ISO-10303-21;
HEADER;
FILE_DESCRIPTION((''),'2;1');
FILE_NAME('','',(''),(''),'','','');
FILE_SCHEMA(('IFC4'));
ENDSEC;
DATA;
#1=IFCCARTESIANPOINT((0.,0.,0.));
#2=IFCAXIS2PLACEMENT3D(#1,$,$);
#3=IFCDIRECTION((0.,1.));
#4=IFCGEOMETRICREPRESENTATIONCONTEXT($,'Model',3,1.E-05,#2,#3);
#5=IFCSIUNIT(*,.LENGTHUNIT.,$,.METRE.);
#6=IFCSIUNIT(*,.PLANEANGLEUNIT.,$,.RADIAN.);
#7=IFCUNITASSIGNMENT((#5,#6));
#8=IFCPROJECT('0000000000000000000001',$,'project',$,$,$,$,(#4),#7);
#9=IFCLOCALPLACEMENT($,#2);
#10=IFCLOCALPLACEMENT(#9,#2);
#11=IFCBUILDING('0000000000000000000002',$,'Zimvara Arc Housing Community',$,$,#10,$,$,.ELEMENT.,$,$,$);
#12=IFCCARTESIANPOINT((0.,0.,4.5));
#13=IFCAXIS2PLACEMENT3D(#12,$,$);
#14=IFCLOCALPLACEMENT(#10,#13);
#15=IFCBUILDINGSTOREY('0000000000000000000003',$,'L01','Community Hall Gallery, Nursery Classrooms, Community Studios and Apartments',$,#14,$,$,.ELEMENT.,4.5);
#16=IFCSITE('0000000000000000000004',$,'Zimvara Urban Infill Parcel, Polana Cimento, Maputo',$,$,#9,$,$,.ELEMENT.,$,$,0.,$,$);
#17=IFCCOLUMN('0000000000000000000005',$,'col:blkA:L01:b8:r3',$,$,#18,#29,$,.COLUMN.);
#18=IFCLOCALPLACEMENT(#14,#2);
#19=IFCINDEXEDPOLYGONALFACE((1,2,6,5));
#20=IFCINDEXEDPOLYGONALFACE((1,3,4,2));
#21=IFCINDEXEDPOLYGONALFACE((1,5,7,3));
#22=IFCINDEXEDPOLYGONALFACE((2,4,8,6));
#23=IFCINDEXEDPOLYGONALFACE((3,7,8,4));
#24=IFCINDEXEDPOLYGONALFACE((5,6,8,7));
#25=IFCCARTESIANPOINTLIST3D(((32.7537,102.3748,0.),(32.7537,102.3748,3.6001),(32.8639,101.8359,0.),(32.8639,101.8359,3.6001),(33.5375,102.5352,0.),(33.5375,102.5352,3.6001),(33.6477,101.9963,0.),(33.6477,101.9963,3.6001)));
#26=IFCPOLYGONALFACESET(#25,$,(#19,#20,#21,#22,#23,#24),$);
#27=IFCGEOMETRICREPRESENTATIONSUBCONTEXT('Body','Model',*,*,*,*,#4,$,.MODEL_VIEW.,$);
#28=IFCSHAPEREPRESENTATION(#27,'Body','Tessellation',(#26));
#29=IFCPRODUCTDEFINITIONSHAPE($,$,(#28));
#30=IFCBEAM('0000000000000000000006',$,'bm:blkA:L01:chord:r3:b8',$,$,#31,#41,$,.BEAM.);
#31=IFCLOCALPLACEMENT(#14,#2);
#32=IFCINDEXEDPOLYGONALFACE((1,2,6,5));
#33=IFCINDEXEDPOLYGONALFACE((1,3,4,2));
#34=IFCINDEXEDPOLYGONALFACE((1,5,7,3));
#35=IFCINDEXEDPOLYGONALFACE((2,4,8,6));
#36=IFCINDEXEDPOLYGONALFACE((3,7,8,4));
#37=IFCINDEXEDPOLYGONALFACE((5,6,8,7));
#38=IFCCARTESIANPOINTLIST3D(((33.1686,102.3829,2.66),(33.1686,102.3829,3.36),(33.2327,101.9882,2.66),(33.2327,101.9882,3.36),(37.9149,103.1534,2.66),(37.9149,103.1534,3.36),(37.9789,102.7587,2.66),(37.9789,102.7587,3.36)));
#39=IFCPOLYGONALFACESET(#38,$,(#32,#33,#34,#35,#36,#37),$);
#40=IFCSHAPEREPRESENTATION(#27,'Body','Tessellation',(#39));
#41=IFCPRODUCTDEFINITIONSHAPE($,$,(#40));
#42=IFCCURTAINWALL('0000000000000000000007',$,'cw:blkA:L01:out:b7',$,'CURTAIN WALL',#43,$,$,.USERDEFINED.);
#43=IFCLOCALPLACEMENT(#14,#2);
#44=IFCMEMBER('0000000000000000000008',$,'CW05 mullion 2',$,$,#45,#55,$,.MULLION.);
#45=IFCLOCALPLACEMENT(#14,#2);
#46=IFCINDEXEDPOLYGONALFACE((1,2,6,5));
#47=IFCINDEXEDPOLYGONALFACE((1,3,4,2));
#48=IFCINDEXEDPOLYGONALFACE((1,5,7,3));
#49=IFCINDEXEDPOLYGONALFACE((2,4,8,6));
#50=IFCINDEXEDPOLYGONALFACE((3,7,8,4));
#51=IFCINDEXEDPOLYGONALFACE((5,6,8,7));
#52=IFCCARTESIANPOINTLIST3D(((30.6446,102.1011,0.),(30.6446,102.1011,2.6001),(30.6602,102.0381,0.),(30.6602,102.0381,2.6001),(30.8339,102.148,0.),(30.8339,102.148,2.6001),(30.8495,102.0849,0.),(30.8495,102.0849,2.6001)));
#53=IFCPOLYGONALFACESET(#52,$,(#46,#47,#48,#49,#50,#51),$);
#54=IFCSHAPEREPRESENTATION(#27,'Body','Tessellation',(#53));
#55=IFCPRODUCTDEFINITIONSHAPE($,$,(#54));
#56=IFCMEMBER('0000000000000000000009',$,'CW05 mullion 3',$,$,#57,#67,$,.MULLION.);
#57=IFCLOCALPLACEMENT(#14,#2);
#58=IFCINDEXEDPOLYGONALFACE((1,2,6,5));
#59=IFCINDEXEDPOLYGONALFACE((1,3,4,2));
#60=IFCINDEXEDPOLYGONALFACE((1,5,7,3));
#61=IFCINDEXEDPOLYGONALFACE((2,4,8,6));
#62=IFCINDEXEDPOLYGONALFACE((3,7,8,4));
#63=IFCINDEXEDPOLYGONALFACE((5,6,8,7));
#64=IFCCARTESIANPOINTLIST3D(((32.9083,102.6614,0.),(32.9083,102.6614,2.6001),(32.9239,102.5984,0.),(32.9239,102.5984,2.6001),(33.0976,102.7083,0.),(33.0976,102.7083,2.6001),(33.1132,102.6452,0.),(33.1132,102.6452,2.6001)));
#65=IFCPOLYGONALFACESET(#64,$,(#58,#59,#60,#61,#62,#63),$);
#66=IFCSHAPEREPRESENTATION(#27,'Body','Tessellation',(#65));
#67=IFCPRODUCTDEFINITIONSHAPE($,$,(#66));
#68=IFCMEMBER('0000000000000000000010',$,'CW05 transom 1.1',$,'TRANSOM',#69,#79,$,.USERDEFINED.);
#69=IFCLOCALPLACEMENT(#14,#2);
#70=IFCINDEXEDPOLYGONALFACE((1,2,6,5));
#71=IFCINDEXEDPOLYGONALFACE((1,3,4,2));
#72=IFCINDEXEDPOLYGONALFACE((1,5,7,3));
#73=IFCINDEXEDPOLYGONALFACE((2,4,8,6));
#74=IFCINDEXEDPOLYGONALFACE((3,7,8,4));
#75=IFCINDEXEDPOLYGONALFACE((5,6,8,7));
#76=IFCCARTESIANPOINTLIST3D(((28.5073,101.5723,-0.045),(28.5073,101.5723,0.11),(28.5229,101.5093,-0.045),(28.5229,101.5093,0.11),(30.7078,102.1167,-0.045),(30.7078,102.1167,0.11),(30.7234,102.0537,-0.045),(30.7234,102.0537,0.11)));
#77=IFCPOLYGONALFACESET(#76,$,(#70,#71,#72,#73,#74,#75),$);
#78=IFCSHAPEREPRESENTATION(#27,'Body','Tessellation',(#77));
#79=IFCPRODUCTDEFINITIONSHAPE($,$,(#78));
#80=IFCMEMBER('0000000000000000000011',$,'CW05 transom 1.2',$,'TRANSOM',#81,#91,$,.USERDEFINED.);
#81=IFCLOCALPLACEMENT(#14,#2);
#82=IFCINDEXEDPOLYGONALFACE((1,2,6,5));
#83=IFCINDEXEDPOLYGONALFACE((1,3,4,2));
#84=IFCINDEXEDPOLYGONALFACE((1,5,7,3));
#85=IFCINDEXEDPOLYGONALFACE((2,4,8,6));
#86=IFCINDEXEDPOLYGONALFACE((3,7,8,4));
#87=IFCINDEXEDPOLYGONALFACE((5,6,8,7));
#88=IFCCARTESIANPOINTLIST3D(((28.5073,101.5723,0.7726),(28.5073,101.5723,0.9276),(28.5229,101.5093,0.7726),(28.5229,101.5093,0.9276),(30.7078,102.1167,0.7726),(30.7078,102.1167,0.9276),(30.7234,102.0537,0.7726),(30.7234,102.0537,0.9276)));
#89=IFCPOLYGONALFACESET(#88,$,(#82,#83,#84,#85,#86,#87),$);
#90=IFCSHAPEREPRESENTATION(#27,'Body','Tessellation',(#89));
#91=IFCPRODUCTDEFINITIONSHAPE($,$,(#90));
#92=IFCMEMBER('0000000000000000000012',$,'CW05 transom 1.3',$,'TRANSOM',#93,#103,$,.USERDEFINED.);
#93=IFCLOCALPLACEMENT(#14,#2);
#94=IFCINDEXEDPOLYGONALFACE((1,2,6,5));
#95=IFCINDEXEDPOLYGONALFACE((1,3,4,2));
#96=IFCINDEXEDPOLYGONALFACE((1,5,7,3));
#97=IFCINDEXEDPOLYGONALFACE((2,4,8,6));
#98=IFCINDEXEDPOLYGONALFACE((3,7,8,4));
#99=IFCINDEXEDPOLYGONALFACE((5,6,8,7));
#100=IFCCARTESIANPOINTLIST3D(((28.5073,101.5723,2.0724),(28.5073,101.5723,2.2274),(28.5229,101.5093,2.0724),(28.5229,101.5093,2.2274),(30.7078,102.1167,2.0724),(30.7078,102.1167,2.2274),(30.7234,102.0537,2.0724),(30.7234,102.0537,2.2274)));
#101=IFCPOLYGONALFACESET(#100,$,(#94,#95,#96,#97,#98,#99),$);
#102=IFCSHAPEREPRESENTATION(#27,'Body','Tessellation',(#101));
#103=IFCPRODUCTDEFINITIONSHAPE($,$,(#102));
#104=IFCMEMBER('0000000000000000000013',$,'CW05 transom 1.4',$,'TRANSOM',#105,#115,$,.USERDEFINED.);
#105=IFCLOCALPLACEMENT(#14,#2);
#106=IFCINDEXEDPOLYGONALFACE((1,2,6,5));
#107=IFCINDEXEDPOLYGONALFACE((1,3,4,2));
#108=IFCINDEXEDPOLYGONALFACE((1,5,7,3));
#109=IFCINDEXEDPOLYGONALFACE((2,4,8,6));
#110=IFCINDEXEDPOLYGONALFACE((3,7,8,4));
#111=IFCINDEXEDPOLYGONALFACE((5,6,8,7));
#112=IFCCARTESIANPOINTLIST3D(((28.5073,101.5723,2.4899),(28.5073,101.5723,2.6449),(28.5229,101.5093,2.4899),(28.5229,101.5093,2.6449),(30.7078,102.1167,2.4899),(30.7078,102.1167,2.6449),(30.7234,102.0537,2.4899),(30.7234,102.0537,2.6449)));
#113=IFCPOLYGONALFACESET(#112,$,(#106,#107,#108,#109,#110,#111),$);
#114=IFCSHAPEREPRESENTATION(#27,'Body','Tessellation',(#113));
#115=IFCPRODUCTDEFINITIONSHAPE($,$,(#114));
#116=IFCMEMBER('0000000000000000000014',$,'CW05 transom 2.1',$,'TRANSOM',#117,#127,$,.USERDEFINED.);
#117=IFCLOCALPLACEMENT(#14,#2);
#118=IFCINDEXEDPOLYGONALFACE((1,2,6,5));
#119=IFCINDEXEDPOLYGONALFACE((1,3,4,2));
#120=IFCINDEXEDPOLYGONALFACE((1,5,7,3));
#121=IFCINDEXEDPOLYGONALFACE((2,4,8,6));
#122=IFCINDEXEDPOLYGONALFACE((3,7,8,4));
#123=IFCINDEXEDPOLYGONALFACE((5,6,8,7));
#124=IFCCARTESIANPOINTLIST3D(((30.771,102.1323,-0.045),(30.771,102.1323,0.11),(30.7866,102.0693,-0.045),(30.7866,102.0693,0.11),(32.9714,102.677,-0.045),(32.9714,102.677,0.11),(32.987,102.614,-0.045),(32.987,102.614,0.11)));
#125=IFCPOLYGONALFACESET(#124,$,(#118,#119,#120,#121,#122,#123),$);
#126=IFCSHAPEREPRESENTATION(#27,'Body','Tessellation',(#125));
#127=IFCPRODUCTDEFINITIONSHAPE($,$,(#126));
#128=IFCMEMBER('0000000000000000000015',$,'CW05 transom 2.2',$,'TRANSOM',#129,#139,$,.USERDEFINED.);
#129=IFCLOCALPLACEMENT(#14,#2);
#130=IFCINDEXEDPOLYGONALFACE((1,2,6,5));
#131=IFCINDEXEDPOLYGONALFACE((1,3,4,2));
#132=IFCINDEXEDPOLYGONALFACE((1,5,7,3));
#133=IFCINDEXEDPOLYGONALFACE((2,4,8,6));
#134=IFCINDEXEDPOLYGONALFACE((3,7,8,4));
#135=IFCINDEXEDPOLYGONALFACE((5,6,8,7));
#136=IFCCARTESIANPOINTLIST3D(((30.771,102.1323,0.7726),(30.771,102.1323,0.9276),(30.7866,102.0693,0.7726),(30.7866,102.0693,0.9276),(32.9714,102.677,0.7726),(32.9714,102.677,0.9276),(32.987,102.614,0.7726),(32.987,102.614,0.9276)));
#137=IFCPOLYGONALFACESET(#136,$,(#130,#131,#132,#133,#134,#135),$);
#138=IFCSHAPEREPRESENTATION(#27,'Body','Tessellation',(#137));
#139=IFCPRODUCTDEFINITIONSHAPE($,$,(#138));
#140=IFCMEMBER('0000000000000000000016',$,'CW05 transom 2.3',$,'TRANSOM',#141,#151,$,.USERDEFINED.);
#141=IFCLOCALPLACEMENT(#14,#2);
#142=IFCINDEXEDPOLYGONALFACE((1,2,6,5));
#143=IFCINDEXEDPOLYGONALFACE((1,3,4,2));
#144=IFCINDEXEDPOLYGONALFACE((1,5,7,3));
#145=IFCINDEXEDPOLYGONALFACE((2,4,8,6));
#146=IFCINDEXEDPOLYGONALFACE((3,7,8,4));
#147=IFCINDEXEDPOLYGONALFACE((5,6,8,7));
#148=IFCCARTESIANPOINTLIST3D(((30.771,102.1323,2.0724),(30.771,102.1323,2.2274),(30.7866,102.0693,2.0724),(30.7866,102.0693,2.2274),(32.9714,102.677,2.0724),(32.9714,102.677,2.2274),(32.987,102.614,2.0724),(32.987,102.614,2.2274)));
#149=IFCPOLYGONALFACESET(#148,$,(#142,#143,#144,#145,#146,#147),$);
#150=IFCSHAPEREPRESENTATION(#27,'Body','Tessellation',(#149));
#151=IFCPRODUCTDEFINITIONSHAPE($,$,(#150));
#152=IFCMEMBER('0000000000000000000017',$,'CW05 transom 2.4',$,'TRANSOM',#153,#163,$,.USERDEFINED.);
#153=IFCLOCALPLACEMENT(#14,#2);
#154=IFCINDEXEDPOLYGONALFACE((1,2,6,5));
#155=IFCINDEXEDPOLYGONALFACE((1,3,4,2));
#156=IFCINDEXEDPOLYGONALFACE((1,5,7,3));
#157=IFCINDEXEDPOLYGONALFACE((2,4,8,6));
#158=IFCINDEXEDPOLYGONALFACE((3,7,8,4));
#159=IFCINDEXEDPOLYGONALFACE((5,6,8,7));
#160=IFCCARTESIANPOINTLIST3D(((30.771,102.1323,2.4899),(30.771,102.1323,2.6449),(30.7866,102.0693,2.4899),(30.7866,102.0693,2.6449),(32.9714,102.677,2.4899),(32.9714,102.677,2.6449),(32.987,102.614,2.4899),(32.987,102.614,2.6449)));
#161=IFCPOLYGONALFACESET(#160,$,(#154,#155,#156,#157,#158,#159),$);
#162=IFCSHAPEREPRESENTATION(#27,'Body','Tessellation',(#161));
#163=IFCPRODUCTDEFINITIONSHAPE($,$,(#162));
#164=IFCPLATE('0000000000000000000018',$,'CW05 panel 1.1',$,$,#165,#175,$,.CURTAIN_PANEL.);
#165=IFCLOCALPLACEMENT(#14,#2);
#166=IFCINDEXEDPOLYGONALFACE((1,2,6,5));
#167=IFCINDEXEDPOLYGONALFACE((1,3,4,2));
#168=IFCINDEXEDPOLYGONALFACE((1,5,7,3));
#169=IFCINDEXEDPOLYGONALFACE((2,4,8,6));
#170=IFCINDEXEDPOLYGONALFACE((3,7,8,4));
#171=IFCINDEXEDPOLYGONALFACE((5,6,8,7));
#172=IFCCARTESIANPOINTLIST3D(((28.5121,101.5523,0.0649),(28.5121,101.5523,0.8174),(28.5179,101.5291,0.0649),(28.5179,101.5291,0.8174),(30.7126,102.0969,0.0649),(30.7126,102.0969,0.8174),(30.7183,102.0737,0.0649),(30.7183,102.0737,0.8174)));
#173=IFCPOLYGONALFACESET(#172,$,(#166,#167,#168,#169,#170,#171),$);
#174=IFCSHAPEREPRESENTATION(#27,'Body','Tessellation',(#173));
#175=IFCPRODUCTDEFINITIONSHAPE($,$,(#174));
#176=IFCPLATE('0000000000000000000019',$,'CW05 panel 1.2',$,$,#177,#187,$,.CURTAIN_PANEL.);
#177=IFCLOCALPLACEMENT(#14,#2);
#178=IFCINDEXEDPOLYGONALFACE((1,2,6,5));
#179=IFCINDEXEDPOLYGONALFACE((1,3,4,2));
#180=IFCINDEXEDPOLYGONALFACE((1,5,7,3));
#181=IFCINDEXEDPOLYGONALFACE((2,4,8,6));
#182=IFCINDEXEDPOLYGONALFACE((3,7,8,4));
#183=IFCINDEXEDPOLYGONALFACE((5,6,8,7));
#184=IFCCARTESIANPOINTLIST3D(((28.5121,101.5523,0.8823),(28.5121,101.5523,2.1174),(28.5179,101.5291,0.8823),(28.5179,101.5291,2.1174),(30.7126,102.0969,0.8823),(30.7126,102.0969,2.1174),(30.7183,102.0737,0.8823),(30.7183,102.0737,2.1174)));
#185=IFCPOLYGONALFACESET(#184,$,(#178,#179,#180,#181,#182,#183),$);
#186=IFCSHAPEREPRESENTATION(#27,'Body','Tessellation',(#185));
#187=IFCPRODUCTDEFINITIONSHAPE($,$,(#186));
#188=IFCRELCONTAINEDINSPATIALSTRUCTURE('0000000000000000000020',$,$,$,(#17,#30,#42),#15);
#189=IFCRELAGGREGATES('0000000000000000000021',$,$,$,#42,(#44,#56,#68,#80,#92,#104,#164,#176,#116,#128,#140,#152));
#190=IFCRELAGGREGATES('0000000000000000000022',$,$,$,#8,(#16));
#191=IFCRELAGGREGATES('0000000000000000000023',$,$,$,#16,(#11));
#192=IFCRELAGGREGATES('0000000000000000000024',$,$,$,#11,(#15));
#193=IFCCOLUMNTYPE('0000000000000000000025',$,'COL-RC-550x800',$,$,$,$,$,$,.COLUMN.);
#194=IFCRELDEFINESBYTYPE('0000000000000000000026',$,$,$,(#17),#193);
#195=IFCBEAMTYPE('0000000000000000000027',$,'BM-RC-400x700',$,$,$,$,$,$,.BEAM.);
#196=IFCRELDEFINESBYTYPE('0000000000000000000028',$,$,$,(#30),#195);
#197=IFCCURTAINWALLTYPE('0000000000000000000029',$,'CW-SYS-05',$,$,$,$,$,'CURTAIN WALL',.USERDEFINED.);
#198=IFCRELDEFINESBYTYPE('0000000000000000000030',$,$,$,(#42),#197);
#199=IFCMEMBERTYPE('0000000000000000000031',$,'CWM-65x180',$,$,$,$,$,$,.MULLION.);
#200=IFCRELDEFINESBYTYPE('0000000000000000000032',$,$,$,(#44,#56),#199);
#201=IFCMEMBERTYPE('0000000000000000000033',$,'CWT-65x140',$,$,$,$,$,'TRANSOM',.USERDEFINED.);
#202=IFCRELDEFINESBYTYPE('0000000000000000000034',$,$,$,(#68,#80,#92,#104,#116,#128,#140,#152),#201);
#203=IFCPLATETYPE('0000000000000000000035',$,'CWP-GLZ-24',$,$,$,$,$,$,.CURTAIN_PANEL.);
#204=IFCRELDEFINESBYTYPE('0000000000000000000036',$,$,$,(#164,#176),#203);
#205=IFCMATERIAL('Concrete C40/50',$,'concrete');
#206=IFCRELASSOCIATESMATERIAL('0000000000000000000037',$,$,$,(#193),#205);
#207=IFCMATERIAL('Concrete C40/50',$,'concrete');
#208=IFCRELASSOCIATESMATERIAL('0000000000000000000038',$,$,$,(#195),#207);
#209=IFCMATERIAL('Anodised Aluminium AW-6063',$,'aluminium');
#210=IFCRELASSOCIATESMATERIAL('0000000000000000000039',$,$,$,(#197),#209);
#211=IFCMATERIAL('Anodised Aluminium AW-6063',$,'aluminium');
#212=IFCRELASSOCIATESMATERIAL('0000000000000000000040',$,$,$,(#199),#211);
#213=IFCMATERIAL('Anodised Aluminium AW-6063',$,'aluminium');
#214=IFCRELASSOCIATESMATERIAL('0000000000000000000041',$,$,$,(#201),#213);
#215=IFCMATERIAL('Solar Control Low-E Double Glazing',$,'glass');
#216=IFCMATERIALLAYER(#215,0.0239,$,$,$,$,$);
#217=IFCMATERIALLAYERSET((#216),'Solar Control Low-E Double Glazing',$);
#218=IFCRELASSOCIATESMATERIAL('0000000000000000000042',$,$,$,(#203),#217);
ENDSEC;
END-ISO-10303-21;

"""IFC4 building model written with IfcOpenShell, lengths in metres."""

from ifc_helpers import new_model, si_unit, direction, frame, origin, origin_2d, place, context, subcontext, project, spatial, rectangle, extrude, material, layer, layer_set, material_profile, profile_set, type_object, element, aggregate, save


model = new_model("IFC4")

# Units and contexts
model_context = context("Model", 3, precision=1e-05, world=origin(), true_north=direction((0.0, 1.0)))
body_context = subcontext(model_context, "Body", "Model", "MODEL_VIEW")
ifc_project = project(units=[si_unit("LENGTHUNIT", "METRE"), si_unit("PLANEANGLEUNIT", "RADIAN")], contexts=[model_context])

# Site, building, storey
site_placement = place(None, origin())
site = spatial("IfcSite", under=ifc_project, at=site_placement, Name="Zimvara Urban Infill Parcel, Polana Cimento, Maputo", CompositionType="ELEMENT", RefElevation=0.0)
building_placement = place(site_placement, origin())
building = spatial("IfcBuilding", under=site, at=building_placement, Name="Zimvara Arc Housing Community", CompositionType="ELEMENT")
storey_placement = place(building_placement, frame((0.0, 0.0, 4.5)))
storey = spatial("IfcBuildingStorey", under=building, at=storey_placement, Name="L01", Description="Community Hall Gallery, Nursery Classrooms, Community Studios and Apartments", CompositionType="ELEMENT", Elevation=4.5)

# Column
ifc_material_1 = material(Name="Concrete C40/50", Category="concrete")
ifc_material_profile_1 = material_profile(ifc_material_1, rectangle(XDim=0.55, YDim=0.8, at=origin_2d()), Name="RC 550x800")
ifc_profile_set_1 = profile_set([ifc_material_profile_1], Name="Concrete C40/50")
column_type = type_object("IfcColumnType", Name="COL-RC-550x800", PredefinedType="COLUMN", material=ifc_profile_set_1)
column_placement = place(storey_placement, frame((33.2007, 102.1855, 0.0), z_axis=(0.0, 0.0, 1.0), x_axis=(-0.200394, 0.979715, 0.0)))
element("IfcColumn", 1, at=column_placement, inside=storey, type_object=column_type, Name="col:blkA:L01:b8:r3", PredefinedType="COLUMN", context=body_context, shape_type="SweptSolid", body=[
    extrude(rectangle(XDim=0.55, YDim=0.8, at=origin_2d()), origin(), (0.0, 0.0, 1.0), 3.6001),
])

# Beam
ifc_material_2 = material(Name="Concrete C40/50", Category="concrete")
ifc_material_profile_2 = material_profile(ifc_material_2, rectangle(XDim=0.3999, YDim=0.7, at=origin_2d()), Name="RC 400x700")
ifc_profile_set_2 = profile_set([ifc_material_profile_2], Name="Concrete C40/50")
beam_type = type_object("IfcBeamType", Name="BM-RC-400x700", PredefinedType="BEAM", material=ifc_profile_set_2)
beam_placement = place(storey_placement, frame((33.2007, 102.1855, 3.01), z_axis=(0.987077, 0.160248, 0.0), x_axis=(-0.160248, 0.987077, 0.0)))
element("IfcBeam", 2, at=beam_placement, inside=storey, type_object=beam_type, Name="bm:blkA:L01:chord:r3:b8", PredefinedType="BEAM", context=body_context, shape_type="SweptSolid", body=[
    extrude(rectangle(XDim=0.3999, YDim=0.7, at=origin_2d()), origin(), (0.0, 0.0, 1.0), 4.8083),
])

# Curtain wall, members, plates
ifc_material_3 = material(Name="Anodised Aluminium AW-6063", Category="aluminium")
curtain_wall_type = type_object("IfcCurtainWallType", Name="CW-SYS-05", ElementType="CURTAIN WALL", PredefinedType="USERDEFINED", material=ifc_material_3)
curtain_wall_placement = place(storey_placement, origin())
curtain_wall = element("IfcCurtainWall", 3, at=curtain_wall_placement, inside=storey, type_object=curtain_wall_type, Name="cw:blkA:L01:out:b7", ObjectType="CURTAIN WALL", PredefinedType="USERDEFINED")
ifc_material_4 = material(Name="Anodised Aluminium AW-6063", Category="aluminium")
ifc_material_profile_3 = material_profile(ifc_material_4, rectangle(XDim=0.0649, YDim=0.1951, at=origin_2d()), Name="ALU 65x195")
ifc_profile_set_3 = profile_set([ifc_material_profile_3], Name="Anodised Aluminium AW-6063")
member_type_1 = type_object("IfcMemberType", Name="CWM-65x180", PredefinedType="MULLION", material=ifc_profile_set_3)
member_1_placement = place(storey_placement, frame((30.7471, 102.093, 0.0), z_axis=(0.0, 0.0, 1.0), x_axis=(-0.24023, 0.970716, 0.0)))
member_1 = element("IfcMember", 4, at=member_1_placement, type_object=member_type_1, Name="CW05 mullion 2", PredefinedType="MULLION", context=body_context, shape_type="SweptSolid", body=[
    extrude(rectangle(XDim=0.0649, YDim=0.1951, at=origin_2d()), origin(), (0.0, 0.0, 1.0), 2.6001),
])
member_2_placement = place(storey_placement, frame((33.0107, 102.6533, 0.0), z_axis=(0.0, 0.0, 1.0), x_axis=(-0.24023, 0.970716, 0.0)))
member_2 = element("IfcMember", 5, at=member_2_placement, type_object=member_type_1, Name="CW05 mullion 3", PredefinedType="MULLION", context=body_context, shape_type="SweptSolid", body=[
    extrude(rectangle(XDim=0.0649, YDim=0.1951, at=origin_2d()), origin(), (0.0, 0.0, 1.0), 2.6001),
])
ifc_material_5 = material(Name="Anodised Aluminium AW-6063", Category="aluminium")
ifc_material_profile_4 = material_profile(ifc_material_5, rectangle(XDim=0.0649, YDim=0.155, at=origin_2d()), Name="ALU 65x155")
ifc_profile_set_4 = profile_set([ifc_material_profile_4], Name="Anodised Aluminium AW-6063")
member_type_2 = type_object("IfcMemberType", Name="CWT-65x140", ElementType="TRANSOM", PredefinedType="USERDEFINED", material=ifc_profile_set_4)
member_3_placement = place(storey_placement, frame((28.5151, 101.5408, 0.0325), z_axis=(0.970729, 0.240178, 0.0), x_axis=(-0.240178, 0.970729, 0.0)))
member_3 = element("IfcMember", 6, at=member_3_placement, type_object=member_type_2, Name="CW05 transom 1.1", ObjectType="TRANSOM", PredefinedType="USERDEFINED", context=body_context, shape_type="SweptSolid", body=[
    extrude(rectangle(XDim=0.0649, YDim=0.155, at=origin_2d()), origin(), (0.0, 0.0, 1.0), 2.2668),
])
member_4_placement = place(storey_placement, frame((28.5151, 101.5408, 0.8501), z_axis=(0.970729, 0.240178, 0.0), x_axis=(-0.240178, 0.970729, 0.0)))
member_4 = element("IfcMember", 7, at=member_4_placement, type_object=member_type_2, Name="CW05 transom 1.2", ObjectType="TRANSOM", PredefinedType="USERDEFINED", context=body_context, shape_type="SweptSolid", body=[
    extrude(rectangle(XDim=0.0649, YDim=0.155, at=origin_2d()), origin(), (0.0, 0.0, 1.0), 2.2668),
])
member_5_placement = place(storey_placement, frame((28.5151, 101.5408, 2.1499), z_axis=(0.970729, 0.240178, 0.0), x_axis=(-0.240178, 0.970729, 0.0)))
member_5 = element("IfcMember", 8, at=member_5_placement, type_object=member_type_2, Name="CW05 transom 1.3", ObjectType="TRANSOM", PredefinedType="USERDEFINED", context=body_context, shape_type="SweptSolid", body=[
    extrude(rectangle(XDim=0.0649, YDim=0.155, at=origin_2d()), origin(), (0.0, 0.0, 1.0), 2.2668),
])
member_6_placement = place(storey_placement, frame((28.5151, 101.5408, 2.5674), z_axis=(0.970729, 0.240178, 0.0), x_axis=(-0.240178, 0.970729, 0.0)))
member_6 = element("IfcMember", 9, at=member_6_placement, type_object=member_type_2, Name="CW05 transom 1.4", ObjectType="TRANSOM", PredefinedType="USERDEFINED", context=body_context, shape_type="SweptSolid", body=[
    extrude(rectangle(XDim=0.0649, YDim=0.155, at=origin_2d()), origin(), (0.0, 0.0, 1.0), 2.2668),
])
member_7_placement = place(storey_placement, frame((30.7788, 102.1008, 0.0325), z_axis=(0.970704, 0.24028, 0.0), x_axis=(-0.24028, 0.970704, 0.0)))
member_7 = element("IfcMember", 10, at=member_7_placement, type_object=member_type_2, Name="CW05 transom 2.1", ObjectType="TRANSOM", PredefinedType="USERDEFINED", context=body_context, shape_type="SweptSolid", body=[
    extrude(rectangle(XDim=0.0649, YDim=0.155, at=origin_2d()), origin(), (0.0, 0.0, 1.0), 2.2668),
])
member_8_placement = place(storey_placement, frame((30.7788, 102.1008, 0.8501), z_axis=(0.970704, 0.24028, 0.0), x_axis=(-0.24028, 0.970704, 0.0)))
member_8 = element("IfcMember", 11, at=member_8_placement, type_object=member_type_2, Name="CW05 transom 2.2", ObjectType="TRANSOM", PredefinedType="USERDEFINED", context=body_context, shape_type="SweptSolid", body=[
    extrude(rectangle(XDim=0.0649, YDim=0.155, at=origin_2d()), origin(), (0.0, 0.0, 1.0), 2.2668),
])
member_9_placement = place(storey_placement, frame((30.7788, 102.1008, 2.1499), z_axis=(0.970704, 0.24028, 0.0), x_axis=(-0.24028, 0.970704, 0.0)))
member_9 = element("IfcMember", 12, at=member_9_placement, type_object=member_type_2, Name="CW05 transom 2.3", ObjectType="TRANSOM", PredefinedType="USERDEFINED", context=body_context, shape_type="SweptSolid", body=[
    extrude(rectangle(XDim=0.0649, YDim=0.155, at=origin_2d()), origin(), (0.0, 0.0, 1.0), 2.2668),
])
member_10_placement = place(storey_placement, frame((30.7788, 102.1008, 2.5674), z_axis=(0.970704, 0.24028, 0.0), x_axis=(-0.24028, 0.970704, 0.0)))
member_10 = element("IfcMember", 13, at=member_10_placement, type_object=member_type_2, Name="CW05 transom 2.4", ObjectType="TRANSOM", PredefinedType="USERDEFINED", context=body_context, shape_type="SweptSolid", body=[
    extrude(rectangle(XDim=0.0649, YDim=0.155, at=origin_2d()), origin(), (0.0, 0.0, 1.0), 2.2668),
])
ifc_material_6 = material(Name="Solar Control Low-E Double Glazing", Category="glass")
ifc_layer_1 = layer(ifc_material_6, 0.0239)
ifc_layer_set_1 = layer_set([ifc_layer_1], Name="Solar Control Low-E Double Glazing")
plate_type = type_object("IfcPlateType", Name="CWP-GLZ-24", PredefinedType="CURTAIN_PANEL", material=ifc_layer_set_1)
plate_1_placement = place(storey_placement, frame((29.6152, 101.813, 0.0649), z_axis=(0.0, 0.0, 1.0), x_axis=(0.970716, 0.24023, 0.0)))
plate_1 = element("IfcPlate", 14, at=plate_1_placement, type_object=plate_type, Name="CW05 panel 1.1", PredefinedType="CURTAIN_PANEL", context=body_context, shape_type="SweptSolid", body=[
    extrude(rectangle(XDim=2.2668, YDim=0.0239, at=origin_2d()), origin(), (0.0, 0.0, 1.0), 0.7524),
])
plate_2_placement = place(storey_placement, frame((29.6152, 101.813, 0.8823), z_axis=(0.0, 0.0, 1.0), x_axis=(0.970716, 0.24023, 0.0)))
plate_2 = element("IfcPlate", 15, at=plate_2_placement, type_object=plate_type, Name="CW05 panel 1.2", PredefinedType="CURTAIN_PANEL", context=body_context, shape_type="SweptSolid", body=[
    extrude(rectangle(XDim=2.2668, YDim=0.0239, at=origin_2d()), origin(), (0.0, 0.0, 1.0), 1.2351),
])
aggregate(curtain_wall, [member_1, member_2, member_3, member_4, member_5, member_6, plate_1, plate_2, member_7, member_8, member_9, member_10])

save(model, "model.ifc")
